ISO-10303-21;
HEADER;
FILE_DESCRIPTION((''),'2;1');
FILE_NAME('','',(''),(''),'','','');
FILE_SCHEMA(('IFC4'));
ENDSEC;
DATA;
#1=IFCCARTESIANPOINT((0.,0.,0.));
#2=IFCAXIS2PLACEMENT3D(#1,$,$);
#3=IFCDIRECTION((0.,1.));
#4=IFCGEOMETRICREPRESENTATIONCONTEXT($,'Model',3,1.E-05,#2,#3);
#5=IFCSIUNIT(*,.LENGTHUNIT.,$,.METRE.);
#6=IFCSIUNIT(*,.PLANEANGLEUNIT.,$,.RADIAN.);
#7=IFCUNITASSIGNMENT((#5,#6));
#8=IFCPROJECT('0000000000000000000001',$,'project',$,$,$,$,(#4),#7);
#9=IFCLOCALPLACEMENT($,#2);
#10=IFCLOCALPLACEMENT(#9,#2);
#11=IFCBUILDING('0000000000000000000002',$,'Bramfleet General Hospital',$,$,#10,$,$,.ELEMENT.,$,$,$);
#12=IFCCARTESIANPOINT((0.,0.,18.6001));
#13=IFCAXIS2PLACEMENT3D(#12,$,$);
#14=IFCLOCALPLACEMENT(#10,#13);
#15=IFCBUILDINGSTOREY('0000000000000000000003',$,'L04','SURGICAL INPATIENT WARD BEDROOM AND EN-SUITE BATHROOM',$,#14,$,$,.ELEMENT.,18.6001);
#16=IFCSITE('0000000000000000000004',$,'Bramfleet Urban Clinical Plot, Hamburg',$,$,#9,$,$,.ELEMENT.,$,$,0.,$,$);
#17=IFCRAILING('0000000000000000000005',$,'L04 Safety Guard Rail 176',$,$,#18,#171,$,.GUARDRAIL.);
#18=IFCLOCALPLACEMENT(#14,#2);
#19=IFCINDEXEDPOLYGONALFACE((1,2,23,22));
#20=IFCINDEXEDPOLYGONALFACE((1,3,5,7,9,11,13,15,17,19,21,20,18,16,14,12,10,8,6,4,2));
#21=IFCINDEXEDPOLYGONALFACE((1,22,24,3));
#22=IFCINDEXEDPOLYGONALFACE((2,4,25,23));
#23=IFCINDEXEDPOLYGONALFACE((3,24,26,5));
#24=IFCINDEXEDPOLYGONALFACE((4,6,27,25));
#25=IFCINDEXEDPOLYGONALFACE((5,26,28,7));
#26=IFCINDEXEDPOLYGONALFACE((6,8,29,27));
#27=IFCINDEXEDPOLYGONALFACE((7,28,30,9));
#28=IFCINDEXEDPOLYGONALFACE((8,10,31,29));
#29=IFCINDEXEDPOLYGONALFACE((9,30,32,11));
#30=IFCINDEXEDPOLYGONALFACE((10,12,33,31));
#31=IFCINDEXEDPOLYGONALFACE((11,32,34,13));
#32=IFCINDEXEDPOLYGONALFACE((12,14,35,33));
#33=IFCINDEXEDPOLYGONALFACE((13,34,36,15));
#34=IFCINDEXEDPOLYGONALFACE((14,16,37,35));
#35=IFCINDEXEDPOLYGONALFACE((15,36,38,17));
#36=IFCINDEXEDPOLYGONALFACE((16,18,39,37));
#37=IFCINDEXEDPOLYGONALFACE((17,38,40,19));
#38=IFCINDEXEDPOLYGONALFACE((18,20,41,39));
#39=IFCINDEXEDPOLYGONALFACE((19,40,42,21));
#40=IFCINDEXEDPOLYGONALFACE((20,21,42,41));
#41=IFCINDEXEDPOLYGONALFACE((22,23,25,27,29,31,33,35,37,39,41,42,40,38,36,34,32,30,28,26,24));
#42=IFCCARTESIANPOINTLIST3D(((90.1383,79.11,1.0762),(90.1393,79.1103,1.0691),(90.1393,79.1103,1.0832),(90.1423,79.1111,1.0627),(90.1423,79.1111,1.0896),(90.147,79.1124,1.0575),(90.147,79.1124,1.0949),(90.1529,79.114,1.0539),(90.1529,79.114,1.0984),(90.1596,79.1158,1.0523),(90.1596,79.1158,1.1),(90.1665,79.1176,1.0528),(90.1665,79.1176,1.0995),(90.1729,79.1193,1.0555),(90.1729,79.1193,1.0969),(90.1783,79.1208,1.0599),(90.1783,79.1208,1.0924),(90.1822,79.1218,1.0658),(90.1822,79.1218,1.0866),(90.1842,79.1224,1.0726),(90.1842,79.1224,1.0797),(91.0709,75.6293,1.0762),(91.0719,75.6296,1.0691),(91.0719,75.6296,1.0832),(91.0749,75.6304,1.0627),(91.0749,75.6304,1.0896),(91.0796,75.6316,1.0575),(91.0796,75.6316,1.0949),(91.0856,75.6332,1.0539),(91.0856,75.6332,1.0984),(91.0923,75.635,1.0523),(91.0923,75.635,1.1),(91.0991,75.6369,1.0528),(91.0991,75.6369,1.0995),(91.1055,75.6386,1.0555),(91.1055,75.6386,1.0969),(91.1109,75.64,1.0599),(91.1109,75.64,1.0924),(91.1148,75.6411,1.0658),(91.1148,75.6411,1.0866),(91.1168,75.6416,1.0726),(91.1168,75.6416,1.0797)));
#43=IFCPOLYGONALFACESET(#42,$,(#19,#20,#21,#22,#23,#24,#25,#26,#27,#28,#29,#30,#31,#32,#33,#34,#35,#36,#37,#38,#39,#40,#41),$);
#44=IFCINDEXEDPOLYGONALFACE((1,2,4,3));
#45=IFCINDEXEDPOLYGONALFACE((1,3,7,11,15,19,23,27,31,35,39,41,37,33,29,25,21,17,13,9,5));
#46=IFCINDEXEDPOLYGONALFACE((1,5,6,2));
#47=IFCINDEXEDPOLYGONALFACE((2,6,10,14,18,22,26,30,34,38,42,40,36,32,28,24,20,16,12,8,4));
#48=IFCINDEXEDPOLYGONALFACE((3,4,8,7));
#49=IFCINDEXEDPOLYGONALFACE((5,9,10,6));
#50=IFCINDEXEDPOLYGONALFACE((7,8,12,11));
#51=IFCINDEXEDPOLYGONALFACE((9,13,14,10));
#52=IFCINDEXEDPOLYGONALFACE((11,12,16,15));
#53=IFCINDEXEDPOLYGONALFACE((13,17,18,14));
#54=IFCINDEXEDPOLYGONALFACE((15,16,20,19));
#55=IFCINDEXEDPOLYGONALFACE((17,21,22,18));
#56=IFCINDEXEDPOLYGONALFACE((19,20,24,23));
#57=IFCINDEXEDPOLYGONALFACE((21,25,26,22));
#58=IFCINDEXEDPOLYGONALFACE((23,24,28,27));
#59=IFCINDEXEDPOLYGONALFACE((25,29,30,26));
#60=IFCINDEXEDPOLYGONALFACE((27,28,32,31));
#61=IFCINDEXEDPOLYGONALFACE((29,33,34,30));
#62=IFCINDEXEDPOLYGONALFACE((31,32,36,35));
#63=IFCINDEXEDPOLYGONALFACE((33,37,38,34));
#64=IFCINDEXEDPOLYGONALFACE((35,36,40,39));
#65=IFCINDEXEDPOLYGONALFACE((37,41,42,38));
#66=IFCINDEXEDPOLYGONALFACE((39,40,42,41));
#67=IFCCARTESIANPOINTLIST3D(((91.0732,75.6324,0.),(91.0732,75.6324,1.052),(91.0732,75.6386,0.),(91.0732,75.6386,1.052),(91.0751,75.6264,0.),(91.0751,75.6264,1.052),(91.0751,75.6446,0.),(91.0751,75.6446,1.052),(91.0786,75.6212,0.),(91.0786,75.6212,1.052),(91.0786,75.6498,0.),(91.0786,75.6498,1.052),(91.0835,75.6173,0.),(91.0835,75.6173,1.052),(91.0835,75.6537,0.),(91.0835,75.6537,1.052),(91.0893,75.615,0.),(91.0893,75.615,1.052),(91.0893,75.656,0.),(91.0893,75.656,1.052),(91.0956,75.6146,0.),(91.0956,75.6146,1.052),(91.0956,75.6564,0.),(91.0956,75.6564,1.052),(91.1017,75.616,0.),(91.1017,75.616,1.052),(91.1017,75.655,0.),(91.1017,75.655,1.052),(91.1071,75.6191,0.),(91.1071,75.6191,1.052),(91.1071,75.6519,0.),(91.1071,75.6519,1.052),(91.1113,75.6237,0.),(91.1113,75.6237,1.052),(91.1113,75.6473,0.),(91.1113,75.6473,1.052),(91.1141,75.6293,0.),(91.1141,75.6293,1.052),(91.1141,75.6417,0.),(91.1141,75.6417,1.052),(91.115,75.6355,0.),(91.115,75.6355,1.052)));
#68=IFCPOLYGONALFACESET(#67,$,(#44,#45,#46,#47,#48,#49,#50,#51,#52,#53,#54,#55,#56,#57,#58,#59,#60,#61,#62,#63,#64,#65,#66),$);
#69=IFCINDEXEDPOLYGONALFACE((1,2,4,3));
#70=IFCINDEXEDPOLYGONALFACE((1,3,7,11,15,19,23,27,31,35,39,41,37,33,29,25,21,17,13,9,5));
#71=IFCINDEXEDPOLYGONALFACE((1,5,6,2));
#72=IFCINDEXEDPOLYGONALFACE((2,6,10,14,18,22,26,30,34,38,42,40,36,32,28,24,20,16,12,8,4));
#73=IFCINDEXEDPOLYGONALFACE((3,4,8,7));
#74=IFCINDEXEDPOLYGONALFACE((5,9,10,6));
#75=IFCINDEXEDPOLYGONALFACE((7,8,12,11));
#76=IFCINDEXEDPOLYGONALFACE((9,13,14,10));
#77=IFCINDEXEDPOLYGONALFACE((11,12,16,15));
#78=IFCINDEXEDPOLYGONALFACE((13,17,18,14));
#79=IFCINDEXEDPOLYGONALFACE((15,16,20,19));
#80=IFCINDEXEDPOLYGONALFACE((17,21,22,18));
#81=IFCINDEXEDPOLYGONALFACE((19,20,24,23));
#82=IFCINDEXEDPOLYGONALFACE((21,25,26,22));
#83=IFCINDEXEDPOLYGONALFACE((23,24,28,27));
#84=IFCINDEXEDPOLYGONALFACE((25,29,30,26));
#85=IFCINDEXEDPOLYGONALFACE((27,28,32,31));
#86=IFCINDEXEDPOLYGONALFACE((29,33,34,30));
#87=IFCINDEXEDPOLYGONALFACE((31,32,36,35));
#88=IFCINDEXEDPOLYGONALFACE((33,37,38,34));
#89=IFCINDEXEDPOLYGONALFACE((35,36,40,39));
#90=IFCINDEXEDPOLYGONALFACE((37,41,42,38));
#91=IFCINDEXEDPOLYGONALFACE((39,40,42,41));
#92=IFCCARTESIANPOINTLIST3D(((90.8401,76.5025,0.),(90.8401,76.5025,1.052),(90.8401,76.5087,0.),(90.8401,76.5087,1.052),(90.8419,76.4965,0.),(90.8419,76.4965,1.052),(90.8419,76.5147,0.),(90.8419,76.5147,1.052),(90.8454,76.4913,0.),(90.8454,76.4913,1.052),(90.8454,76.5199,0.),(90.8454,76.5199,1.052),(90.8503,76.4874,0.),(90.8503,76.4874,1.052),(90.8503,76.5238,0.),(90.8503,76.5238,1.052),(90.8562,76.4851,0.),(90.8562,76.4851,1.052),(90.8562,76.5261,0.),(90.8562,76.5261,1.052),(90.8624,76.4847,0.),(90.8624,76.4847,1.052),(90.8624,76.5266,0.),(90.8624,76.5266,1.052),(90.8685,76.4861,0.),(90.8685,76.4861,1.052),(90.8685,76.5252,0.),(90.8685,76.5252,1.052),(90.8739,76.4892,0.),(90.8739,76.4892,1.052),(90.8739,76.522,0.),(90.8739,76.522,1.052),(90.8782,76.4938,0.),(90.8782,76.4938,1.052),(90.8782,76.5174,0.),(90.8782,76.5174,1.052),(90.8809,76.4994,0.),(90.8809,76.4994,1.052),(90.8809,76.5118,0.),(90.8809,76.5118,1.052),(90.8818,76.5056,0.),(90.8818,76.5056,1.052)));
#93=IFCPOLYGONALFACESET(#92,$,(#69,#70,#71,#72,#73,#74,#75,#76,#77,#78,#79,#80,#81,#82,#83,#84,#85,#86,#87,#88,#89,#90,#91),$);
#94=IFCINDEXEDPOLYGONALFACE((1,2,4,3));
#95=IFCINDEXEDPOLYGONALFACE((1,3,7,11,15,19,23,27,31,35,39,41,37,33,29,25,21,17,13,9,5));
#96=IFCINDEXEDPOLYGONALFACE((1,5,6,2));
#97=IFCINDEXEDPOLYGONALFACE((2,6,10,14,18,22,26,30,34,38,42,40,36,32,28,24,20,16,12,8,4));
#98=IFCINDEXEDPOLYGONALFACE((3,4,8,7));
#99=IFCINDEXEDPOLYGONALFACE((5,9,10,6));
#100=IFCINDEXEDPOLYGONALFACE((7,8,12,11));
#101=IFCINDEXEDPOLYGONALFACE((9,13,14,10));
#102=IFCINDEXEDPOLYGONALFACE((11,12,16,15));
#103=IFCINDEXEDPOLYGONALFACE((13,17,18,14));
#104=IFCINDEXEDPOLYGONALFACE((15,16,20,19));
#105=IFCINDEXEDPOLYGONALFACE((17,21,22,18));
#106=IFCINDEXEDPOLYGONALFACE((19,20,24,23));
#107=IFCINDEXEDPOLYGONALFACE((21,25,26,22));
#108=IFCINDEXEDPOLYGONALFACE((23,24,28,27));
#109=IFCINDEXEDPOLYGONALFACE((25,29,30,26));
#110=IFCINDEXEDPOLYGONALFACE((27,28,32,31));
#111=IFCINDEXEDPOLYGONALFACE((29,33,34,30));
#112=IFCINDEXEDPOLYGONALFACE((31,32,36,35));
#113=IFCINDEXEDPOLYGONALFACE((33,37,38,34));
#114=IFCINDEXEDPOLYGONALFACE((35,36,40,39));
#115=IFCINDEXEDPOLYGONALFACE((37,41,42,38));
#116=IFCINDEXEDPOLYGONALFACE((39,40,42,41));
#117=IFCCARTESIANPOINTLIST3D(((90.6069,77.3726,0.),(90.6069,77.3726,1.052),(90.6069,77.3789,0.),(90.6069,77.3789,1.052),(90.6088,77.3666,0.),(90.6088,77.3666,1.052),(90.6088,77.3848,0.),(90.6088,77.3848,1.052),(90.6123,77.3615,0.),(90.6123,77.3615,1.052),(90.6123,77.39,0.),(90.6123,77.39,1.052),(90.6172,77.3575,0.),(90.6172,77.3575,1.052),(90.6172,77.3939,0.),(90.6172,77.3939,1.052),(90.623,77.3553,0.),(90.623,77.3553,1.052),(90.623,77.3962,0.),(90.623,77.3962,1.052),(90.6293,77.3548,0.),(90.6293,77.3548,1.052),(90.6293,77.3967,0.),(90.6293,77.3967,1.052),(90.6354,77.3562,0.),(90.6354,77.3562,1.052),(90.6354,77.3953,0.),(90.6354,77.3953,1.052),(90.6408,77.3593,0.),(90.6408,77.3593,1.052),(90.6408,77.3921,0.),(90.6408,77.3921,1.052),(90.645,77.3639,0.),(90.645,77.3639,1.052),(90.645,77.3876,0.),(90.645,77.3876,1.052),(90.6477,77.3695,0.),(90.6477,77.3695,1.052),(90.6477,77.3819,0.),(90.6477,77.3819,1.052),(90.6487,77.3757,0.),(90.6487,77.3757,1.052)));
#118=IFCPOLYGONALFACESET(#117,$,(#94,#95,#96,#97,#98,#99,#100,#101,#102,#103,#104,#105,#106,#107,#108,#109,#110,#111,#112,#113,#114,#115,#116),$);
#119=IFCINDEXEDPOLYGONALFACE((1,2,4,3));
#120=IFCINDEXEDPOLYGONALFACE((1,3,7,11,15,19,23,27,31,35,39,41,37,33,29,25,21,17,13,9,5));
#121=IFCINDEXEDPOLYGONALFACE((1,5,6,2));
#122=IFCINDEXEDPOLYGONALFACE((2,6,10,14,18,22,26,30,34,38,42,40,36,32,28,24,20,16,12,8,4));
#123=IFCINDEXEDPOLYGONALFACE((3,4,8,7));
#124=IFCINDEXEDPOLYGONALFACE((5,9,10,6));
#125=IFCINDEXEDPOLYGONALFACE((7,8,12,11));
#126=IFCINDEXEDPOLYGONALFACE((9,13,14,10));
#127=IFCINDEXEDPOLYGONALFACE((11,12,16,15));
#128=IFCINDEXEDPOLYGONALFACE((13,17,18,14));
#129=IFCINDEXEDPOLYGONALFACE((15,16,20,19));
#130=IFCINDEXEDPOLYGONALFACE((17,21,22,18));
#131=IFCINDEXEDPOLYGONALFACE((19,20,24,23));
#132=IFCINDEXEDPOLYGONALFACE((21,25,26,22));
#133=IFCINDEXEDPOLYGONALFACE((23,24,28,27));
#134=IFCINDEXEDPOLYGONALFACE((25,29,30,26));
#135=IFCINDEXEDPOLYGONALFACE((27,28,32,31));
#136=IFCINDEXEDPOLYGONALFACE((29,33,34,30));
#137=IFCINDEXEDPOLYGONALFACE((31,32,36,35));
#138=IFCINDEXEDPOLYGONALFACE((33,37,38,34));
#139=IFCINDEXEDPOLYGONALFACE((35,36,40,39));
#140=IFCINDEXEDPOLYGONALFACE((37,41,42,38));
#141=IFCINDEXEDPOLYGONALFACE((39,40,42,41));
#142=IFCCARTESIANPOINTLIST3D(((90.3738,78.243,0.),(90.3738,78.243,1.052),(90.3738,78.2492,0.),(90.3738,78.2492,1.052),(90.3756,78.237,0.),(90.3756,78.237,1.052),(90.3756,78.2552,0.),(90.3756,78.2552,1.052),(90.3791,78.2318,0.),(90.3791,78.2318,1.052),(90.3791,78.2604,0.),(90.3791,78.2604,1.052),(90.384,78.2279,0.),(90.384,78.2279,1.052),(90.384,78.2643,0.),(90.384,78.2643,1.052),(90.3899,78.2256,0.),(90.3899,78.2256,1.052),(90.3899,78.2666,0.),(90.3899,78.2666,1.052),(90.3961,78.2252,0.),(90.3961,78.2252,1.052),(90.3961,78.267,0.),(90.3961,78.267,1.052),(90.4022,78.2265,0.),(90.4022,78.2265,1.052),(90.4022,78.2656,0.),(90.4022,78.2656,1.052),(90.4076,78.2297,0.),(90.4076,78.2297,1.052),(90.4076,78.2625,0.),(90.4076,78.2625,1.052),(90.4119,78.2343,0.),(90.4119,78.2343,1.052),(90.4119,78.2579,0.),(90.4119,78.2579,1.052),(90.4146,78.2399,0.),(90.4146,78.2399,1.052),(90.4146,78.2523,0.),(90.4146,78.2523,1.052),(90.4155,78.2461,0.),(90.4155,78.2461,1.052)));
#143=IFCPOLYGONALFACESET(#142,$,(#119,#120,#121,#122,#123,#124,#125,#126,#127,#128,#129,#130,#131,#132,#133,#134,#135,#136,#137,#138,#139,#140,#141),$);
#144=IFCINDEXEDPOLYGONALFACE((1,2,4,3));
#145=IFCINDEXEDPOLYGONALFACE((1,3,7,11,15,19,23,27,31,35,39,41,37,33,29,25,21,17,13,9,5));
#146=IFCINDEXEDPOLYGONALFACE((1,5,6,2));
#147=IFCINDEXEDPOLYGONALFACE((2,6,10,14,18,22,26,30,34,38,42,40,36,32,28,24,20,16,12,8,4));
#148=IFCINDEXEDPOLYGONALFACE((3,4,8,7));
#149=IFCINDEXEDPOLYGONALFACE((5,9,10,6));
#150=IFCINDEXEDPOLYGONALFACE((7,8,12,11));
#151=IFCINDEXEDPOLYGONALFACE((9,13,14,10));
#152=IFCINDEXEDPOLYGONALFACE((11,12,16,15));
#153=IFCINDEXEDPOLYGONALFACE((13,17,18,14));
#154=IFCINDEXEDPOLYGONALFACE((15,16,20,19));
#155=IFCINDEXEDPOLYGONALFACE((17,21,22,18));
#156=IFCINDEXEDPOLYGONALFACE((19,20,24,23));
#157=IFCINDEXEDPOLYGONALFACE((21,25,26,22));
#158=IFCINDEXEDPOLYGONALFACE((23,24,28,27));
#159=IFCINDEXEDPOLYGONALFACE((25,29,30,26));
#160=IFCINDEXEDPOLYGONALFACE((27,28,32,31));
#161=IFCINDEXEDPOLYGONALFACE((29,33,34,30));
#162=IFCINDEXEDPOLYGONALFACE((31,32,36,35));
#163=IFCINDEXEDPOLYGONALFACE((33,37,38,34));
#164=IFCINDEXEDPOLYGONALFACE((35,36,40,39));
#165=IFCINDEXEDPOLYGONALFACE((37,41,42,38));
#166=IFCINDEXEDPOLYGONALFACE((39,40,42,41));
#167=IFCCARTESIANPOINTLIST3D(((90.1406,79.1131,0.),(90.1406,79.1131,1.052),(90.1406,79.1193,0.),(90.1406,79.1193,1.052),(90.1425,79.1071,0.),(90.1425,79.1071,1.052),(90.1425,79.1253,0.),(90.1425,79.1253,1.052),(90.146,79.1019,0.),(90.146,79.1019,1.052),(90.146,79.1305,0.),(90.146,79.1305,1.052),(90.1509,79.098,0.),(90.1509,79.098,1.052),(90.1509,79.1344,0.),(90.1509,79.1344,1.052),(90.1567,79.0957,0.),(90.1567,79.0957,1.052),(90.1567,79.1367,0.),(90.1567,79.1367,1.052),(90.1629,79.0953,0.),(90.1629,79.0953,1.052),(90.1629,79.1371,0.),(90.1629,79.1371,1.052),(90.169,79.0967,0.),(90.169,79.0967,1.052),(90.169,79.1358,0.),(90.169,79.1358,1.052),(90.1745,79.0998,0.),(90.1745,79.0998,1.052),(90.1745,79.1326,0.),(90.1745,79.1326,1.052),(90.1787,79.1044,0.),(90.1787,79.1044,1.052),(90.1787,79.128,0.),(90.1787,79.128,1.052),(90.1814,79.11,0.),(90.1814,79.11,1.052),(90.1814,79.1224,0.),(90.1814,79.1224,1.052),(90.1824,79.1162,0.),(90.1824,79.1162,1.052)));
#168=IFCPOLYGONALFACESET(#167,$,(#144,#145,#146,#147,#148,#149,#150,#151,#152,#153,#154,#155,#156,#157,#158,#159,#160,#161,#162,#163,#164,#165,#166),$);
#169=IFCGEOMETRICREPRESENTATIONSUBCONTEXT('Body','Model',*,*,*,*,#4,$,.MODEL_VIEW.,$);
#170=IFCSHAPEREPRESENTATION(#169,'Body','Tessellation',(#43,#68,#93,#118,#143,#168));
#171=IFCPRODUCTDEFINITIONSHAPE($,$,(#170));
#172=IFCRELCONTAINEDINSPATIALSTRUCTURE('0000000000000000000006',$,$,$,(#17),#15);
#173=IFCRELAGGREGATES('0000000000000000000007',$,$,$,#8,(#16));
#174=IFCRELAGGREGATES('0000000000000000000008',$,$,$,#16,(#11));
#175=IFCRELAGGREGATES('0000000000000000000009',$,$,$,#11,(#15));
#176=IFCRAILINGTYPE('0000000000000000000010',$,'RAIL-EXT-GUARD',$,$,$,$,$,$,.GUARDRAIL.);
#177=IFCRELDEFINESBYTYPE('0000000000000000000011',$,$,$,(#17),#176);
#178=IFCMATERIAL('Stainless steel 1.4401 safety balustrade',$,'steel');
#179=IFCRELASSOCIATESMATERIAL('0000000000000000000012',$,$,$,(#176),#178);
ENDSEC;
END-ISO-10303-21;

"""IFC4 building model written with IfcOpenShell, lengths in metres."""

from ifc_helpers import new_model, si_unit, direction, frame, origin, origin_2d, place, context, subcontext, project, spatial, circle, extrude, material, type_object, element, save


model = new_model("IFC4")

# Units and contexts
model_context = context("Model", 3, precision=1e-05, world=origin(), true_north=direction((0.0, 1.0)))
body_context = subcontext(model_context, "Body", "Model", "MODEL_VIEW")
ifc_project = project(units=[si_unit("LENGTHUNIT", "METRE"), si_unit("PLANEANGLEUNIT", "RADIAN")], contexts=[model_context])

# Site, building, storey
site_placement = place(None, origin())
site = spatial("IfcSite", under=ifc_project, at=site_placement, Name="Bramfleet Urban Clinical Plot, Hamburg", CompositionType="ELEMENT", RefElevation=0.0)
building_placement = place(site_placement, origin())
building = spatial("IfcBuilding", under=site, at=building_placement, Name="Bramfleet General Hospital", CompositionType="ELEMENT")
storey_placement = place(building_placement, frame((0.0, 0.0, 18.6001)))
storey = spatial("IfcBuildingStorey", under=building, at=storey_placement, Name="L04", Description="SURGICAL INPATIENT WARD BEDROOM AND EN-SUITE BATHROOM", CompositionType="ELEMENT", Elevation=18.6001)

# Railing
ifc_material_1 = material(Name="Stainless steel 1.4401 safety balustrade", Category="steel")
railing_type = type_object("IfcRailingType", Name="RAIL-EXT-GUARD", PredefinedType="GUARDRAIL", material=ifc_material_1)
railing_1_placement = place(storey_placement, frame((91.094, 75.6355, 0.0)))
element("IfcRailing", 1, at=railing_1_placement, inside=storey, type_object=railing_type, Name="L04 Safety Guard Rail 176", PredefinedType="GUARDRAIL", context=body_context, shape_type="SweptSolid", body=[
    extrude(circle(Radius=0.0239, at=origin_2d()), frame((0.0, 0.0, 1.0762), z_axis=(-0.258809, 0.965928, 0.0), x_axis=(-0.965928, -0.258809, 0.0)), (0.0, 0.0, 1.0), 3.6035),
    extrude(circle(Radius=0.021, at=origin_2d()), origin(), (0.0, 0.0, 1.0), 1.052),
    extrude(circle(Radius=0.021, at=origin_2d()), frame((-0.2332, 0.8701, 0.0)), (0.0, 0.0, 1.0), 1.052),
    extrude(circle(Radius=0.021, at=origin_2d()), frame((-0.4663, 1.7402, 0.0)), (0.0, 0.0, 1.0), 1.052),
    extrude(circle(Radius=0.021, at=origin_2d()), frame((-0.6995, 2.6106, 0.0)), (0.0, 0.0, 1.0), 1.052),
    extrude(circle(Radius=0.021, at=origin_2d()), frame((-0.9326, 3.4807, 0.0)), (0.0, 0.0, 1.0), 1.052),
])

save(model, "model.ifc")
